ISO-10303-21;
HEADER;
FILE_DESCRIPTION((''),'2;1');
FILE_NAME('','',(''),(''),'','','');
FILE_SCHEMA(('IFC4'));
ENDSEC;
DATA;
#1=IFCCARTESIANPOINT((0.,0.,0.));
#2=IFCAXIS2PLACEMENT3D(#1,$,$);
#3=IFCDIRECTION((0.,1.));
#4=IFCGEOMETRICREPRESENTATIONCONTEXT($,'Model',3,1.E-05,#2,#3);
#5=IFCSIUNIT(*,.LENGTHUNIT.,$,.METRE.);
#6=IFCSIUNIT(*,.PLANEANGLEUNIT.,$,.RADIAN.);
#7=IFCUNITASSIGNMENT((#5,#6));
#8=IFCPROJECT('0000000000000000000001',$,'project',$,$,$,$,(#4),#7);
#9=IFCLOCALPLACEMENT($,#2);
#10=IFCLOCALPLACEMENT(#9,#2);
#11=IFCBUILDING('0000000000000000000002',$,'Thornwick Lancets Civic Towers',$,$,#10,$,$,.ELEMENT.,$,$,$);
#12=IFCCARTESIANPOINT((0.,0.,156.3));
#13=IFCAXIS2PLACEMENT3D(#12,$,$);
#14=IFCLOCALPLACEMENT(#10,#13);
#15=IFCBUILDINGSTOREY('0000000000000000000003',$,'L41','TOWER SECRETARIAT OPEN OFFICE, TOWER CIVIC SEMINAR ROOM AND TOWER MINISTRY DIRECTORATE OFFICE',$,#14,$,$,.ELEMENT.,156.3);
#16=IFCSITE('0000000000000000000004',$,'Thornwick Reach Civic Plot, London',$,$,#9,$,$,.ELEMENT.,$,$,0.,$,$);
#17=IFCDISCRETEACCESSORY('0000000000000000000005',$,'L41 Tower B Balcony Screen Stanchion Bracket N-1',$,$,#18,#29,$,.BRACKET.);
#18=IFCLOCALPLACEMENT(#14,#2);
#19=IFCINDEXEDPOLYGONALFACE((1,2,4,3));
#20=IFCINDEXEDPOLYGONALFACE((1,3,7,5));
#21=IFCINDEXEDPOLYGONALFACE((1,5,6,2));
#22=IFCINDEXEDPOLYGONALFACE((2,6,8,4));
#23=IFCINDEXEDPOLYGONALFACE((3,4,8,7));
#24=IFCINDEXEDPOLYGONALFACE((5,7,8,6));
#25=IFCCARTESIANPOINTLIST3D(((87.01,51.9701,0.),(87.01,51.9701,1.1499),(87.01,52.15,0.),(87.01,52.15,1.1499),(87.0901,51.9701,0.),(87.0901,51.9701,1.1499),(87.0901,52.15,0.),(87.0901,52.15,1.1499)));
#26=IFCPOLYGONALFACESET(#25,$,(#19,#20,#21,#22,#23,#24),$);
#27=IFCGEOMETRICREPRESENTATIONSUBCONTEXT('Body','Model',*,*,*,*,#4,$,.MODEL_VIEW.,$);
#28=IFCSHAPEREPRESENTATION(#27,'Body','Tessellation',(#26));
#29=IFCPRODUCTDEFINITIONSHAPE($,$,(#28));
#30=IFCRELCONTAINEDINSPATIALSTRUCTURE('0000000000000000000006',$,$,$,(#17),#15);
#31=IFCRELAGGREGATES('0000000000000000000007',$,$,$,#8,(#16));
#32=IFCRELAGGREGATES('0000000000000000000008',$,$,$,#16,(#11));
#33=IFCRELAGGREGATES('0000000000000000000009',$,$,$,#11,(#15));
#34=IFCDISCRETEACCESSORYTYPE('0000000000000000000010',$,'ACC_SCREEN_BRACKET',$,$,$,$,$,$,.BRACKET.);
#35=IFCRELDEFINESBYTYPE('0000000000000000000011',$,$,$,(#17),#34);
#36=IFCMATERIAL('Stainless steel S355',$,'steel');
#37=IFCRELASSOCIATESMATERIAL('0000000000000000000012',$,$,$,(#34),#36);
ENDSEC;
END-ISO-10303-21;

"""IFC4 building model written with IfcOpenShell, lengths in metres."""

from ifc_helpers import new_model, si_unit, direction, frame, origin, origin_2d, place, context, subcontext, project, spatial, rectangle, extrude, material, type_object, element, save


model = new_model("IFC4")

# Units and contexts
model_context = context("Model", 3, precision=1e-05, world=origin(), true_north=direction((0.0, 1.0)))
body_context = subcontext(model_context, "Body", "Model", "MODEL_VIEW")
ifc_project = project(units=[si_unit("LENGTHUNIT", "METRE"), si_unit("PLANEANGLEUNIT", "RADIAN")], contexts=[model_context])

# Site, building, storey
site_placement = place(None, origin())
site = spatial("IfcSite", under=ifc_project, at=site_placement, Name="Thornwick Reach Civic Plot, London", CompositionType="ELEMENT", RefElevation=0.0)
building_placement = place(site_placement, origin())
building = spatial("IfcBuilding", under=site, at=building_placement, Name="Thornwick Lancets Civic Towers", CompositionType="ELEMENT")
storey_placement = place(building_placement, frame((0.0, 0.0, 156.3)))
storey = spatial("IfcBuildingStorey", under=building, at=storey_placement, Name="L41", Description="TOWER SECRETARIAT OPEN OFFICE, TOWER CIVIC SEMINAR ROOM AND TOWER MINISTRY DIRECTORATE OFFICE", CompositionType="ELEMENT", Elevation=156.3)

# Discrete accessory
ifc_material_1 = material(Name="Stainless steel S355", Category="steel")
discrete_accessory_type = type_object("IfcDiscreteAccessoryType", Name="ACC_SCREEN_BRACKET", PredefinedType="BRACKET", material=ifc_material_1)
discrete_accessory_placement = place(storey_placement, frame((87.05, 52.0601, 0.0), z_axis=(0.0, 0.0, 1.0), x_axis=(1.0, 0.0, 0.0)))
element("IfcDiscreteAccessory", 1, at=discrete_accessory_placement, inside=storey, type_object=discrete_accessory_type, Name="L41 Tower B Balcony Screen Stanchion Bracket N-1", PredefinedType="BRACKET", context=body_context, shape_type="SweptSolid", body=[
    extrude(rectangle(XDim=0.0801, YDim=0.1799, at=origin_2d()), origin(), (0.0, 0.0, 1.0), 1.1499),
])

save(model, "model.ifc")
